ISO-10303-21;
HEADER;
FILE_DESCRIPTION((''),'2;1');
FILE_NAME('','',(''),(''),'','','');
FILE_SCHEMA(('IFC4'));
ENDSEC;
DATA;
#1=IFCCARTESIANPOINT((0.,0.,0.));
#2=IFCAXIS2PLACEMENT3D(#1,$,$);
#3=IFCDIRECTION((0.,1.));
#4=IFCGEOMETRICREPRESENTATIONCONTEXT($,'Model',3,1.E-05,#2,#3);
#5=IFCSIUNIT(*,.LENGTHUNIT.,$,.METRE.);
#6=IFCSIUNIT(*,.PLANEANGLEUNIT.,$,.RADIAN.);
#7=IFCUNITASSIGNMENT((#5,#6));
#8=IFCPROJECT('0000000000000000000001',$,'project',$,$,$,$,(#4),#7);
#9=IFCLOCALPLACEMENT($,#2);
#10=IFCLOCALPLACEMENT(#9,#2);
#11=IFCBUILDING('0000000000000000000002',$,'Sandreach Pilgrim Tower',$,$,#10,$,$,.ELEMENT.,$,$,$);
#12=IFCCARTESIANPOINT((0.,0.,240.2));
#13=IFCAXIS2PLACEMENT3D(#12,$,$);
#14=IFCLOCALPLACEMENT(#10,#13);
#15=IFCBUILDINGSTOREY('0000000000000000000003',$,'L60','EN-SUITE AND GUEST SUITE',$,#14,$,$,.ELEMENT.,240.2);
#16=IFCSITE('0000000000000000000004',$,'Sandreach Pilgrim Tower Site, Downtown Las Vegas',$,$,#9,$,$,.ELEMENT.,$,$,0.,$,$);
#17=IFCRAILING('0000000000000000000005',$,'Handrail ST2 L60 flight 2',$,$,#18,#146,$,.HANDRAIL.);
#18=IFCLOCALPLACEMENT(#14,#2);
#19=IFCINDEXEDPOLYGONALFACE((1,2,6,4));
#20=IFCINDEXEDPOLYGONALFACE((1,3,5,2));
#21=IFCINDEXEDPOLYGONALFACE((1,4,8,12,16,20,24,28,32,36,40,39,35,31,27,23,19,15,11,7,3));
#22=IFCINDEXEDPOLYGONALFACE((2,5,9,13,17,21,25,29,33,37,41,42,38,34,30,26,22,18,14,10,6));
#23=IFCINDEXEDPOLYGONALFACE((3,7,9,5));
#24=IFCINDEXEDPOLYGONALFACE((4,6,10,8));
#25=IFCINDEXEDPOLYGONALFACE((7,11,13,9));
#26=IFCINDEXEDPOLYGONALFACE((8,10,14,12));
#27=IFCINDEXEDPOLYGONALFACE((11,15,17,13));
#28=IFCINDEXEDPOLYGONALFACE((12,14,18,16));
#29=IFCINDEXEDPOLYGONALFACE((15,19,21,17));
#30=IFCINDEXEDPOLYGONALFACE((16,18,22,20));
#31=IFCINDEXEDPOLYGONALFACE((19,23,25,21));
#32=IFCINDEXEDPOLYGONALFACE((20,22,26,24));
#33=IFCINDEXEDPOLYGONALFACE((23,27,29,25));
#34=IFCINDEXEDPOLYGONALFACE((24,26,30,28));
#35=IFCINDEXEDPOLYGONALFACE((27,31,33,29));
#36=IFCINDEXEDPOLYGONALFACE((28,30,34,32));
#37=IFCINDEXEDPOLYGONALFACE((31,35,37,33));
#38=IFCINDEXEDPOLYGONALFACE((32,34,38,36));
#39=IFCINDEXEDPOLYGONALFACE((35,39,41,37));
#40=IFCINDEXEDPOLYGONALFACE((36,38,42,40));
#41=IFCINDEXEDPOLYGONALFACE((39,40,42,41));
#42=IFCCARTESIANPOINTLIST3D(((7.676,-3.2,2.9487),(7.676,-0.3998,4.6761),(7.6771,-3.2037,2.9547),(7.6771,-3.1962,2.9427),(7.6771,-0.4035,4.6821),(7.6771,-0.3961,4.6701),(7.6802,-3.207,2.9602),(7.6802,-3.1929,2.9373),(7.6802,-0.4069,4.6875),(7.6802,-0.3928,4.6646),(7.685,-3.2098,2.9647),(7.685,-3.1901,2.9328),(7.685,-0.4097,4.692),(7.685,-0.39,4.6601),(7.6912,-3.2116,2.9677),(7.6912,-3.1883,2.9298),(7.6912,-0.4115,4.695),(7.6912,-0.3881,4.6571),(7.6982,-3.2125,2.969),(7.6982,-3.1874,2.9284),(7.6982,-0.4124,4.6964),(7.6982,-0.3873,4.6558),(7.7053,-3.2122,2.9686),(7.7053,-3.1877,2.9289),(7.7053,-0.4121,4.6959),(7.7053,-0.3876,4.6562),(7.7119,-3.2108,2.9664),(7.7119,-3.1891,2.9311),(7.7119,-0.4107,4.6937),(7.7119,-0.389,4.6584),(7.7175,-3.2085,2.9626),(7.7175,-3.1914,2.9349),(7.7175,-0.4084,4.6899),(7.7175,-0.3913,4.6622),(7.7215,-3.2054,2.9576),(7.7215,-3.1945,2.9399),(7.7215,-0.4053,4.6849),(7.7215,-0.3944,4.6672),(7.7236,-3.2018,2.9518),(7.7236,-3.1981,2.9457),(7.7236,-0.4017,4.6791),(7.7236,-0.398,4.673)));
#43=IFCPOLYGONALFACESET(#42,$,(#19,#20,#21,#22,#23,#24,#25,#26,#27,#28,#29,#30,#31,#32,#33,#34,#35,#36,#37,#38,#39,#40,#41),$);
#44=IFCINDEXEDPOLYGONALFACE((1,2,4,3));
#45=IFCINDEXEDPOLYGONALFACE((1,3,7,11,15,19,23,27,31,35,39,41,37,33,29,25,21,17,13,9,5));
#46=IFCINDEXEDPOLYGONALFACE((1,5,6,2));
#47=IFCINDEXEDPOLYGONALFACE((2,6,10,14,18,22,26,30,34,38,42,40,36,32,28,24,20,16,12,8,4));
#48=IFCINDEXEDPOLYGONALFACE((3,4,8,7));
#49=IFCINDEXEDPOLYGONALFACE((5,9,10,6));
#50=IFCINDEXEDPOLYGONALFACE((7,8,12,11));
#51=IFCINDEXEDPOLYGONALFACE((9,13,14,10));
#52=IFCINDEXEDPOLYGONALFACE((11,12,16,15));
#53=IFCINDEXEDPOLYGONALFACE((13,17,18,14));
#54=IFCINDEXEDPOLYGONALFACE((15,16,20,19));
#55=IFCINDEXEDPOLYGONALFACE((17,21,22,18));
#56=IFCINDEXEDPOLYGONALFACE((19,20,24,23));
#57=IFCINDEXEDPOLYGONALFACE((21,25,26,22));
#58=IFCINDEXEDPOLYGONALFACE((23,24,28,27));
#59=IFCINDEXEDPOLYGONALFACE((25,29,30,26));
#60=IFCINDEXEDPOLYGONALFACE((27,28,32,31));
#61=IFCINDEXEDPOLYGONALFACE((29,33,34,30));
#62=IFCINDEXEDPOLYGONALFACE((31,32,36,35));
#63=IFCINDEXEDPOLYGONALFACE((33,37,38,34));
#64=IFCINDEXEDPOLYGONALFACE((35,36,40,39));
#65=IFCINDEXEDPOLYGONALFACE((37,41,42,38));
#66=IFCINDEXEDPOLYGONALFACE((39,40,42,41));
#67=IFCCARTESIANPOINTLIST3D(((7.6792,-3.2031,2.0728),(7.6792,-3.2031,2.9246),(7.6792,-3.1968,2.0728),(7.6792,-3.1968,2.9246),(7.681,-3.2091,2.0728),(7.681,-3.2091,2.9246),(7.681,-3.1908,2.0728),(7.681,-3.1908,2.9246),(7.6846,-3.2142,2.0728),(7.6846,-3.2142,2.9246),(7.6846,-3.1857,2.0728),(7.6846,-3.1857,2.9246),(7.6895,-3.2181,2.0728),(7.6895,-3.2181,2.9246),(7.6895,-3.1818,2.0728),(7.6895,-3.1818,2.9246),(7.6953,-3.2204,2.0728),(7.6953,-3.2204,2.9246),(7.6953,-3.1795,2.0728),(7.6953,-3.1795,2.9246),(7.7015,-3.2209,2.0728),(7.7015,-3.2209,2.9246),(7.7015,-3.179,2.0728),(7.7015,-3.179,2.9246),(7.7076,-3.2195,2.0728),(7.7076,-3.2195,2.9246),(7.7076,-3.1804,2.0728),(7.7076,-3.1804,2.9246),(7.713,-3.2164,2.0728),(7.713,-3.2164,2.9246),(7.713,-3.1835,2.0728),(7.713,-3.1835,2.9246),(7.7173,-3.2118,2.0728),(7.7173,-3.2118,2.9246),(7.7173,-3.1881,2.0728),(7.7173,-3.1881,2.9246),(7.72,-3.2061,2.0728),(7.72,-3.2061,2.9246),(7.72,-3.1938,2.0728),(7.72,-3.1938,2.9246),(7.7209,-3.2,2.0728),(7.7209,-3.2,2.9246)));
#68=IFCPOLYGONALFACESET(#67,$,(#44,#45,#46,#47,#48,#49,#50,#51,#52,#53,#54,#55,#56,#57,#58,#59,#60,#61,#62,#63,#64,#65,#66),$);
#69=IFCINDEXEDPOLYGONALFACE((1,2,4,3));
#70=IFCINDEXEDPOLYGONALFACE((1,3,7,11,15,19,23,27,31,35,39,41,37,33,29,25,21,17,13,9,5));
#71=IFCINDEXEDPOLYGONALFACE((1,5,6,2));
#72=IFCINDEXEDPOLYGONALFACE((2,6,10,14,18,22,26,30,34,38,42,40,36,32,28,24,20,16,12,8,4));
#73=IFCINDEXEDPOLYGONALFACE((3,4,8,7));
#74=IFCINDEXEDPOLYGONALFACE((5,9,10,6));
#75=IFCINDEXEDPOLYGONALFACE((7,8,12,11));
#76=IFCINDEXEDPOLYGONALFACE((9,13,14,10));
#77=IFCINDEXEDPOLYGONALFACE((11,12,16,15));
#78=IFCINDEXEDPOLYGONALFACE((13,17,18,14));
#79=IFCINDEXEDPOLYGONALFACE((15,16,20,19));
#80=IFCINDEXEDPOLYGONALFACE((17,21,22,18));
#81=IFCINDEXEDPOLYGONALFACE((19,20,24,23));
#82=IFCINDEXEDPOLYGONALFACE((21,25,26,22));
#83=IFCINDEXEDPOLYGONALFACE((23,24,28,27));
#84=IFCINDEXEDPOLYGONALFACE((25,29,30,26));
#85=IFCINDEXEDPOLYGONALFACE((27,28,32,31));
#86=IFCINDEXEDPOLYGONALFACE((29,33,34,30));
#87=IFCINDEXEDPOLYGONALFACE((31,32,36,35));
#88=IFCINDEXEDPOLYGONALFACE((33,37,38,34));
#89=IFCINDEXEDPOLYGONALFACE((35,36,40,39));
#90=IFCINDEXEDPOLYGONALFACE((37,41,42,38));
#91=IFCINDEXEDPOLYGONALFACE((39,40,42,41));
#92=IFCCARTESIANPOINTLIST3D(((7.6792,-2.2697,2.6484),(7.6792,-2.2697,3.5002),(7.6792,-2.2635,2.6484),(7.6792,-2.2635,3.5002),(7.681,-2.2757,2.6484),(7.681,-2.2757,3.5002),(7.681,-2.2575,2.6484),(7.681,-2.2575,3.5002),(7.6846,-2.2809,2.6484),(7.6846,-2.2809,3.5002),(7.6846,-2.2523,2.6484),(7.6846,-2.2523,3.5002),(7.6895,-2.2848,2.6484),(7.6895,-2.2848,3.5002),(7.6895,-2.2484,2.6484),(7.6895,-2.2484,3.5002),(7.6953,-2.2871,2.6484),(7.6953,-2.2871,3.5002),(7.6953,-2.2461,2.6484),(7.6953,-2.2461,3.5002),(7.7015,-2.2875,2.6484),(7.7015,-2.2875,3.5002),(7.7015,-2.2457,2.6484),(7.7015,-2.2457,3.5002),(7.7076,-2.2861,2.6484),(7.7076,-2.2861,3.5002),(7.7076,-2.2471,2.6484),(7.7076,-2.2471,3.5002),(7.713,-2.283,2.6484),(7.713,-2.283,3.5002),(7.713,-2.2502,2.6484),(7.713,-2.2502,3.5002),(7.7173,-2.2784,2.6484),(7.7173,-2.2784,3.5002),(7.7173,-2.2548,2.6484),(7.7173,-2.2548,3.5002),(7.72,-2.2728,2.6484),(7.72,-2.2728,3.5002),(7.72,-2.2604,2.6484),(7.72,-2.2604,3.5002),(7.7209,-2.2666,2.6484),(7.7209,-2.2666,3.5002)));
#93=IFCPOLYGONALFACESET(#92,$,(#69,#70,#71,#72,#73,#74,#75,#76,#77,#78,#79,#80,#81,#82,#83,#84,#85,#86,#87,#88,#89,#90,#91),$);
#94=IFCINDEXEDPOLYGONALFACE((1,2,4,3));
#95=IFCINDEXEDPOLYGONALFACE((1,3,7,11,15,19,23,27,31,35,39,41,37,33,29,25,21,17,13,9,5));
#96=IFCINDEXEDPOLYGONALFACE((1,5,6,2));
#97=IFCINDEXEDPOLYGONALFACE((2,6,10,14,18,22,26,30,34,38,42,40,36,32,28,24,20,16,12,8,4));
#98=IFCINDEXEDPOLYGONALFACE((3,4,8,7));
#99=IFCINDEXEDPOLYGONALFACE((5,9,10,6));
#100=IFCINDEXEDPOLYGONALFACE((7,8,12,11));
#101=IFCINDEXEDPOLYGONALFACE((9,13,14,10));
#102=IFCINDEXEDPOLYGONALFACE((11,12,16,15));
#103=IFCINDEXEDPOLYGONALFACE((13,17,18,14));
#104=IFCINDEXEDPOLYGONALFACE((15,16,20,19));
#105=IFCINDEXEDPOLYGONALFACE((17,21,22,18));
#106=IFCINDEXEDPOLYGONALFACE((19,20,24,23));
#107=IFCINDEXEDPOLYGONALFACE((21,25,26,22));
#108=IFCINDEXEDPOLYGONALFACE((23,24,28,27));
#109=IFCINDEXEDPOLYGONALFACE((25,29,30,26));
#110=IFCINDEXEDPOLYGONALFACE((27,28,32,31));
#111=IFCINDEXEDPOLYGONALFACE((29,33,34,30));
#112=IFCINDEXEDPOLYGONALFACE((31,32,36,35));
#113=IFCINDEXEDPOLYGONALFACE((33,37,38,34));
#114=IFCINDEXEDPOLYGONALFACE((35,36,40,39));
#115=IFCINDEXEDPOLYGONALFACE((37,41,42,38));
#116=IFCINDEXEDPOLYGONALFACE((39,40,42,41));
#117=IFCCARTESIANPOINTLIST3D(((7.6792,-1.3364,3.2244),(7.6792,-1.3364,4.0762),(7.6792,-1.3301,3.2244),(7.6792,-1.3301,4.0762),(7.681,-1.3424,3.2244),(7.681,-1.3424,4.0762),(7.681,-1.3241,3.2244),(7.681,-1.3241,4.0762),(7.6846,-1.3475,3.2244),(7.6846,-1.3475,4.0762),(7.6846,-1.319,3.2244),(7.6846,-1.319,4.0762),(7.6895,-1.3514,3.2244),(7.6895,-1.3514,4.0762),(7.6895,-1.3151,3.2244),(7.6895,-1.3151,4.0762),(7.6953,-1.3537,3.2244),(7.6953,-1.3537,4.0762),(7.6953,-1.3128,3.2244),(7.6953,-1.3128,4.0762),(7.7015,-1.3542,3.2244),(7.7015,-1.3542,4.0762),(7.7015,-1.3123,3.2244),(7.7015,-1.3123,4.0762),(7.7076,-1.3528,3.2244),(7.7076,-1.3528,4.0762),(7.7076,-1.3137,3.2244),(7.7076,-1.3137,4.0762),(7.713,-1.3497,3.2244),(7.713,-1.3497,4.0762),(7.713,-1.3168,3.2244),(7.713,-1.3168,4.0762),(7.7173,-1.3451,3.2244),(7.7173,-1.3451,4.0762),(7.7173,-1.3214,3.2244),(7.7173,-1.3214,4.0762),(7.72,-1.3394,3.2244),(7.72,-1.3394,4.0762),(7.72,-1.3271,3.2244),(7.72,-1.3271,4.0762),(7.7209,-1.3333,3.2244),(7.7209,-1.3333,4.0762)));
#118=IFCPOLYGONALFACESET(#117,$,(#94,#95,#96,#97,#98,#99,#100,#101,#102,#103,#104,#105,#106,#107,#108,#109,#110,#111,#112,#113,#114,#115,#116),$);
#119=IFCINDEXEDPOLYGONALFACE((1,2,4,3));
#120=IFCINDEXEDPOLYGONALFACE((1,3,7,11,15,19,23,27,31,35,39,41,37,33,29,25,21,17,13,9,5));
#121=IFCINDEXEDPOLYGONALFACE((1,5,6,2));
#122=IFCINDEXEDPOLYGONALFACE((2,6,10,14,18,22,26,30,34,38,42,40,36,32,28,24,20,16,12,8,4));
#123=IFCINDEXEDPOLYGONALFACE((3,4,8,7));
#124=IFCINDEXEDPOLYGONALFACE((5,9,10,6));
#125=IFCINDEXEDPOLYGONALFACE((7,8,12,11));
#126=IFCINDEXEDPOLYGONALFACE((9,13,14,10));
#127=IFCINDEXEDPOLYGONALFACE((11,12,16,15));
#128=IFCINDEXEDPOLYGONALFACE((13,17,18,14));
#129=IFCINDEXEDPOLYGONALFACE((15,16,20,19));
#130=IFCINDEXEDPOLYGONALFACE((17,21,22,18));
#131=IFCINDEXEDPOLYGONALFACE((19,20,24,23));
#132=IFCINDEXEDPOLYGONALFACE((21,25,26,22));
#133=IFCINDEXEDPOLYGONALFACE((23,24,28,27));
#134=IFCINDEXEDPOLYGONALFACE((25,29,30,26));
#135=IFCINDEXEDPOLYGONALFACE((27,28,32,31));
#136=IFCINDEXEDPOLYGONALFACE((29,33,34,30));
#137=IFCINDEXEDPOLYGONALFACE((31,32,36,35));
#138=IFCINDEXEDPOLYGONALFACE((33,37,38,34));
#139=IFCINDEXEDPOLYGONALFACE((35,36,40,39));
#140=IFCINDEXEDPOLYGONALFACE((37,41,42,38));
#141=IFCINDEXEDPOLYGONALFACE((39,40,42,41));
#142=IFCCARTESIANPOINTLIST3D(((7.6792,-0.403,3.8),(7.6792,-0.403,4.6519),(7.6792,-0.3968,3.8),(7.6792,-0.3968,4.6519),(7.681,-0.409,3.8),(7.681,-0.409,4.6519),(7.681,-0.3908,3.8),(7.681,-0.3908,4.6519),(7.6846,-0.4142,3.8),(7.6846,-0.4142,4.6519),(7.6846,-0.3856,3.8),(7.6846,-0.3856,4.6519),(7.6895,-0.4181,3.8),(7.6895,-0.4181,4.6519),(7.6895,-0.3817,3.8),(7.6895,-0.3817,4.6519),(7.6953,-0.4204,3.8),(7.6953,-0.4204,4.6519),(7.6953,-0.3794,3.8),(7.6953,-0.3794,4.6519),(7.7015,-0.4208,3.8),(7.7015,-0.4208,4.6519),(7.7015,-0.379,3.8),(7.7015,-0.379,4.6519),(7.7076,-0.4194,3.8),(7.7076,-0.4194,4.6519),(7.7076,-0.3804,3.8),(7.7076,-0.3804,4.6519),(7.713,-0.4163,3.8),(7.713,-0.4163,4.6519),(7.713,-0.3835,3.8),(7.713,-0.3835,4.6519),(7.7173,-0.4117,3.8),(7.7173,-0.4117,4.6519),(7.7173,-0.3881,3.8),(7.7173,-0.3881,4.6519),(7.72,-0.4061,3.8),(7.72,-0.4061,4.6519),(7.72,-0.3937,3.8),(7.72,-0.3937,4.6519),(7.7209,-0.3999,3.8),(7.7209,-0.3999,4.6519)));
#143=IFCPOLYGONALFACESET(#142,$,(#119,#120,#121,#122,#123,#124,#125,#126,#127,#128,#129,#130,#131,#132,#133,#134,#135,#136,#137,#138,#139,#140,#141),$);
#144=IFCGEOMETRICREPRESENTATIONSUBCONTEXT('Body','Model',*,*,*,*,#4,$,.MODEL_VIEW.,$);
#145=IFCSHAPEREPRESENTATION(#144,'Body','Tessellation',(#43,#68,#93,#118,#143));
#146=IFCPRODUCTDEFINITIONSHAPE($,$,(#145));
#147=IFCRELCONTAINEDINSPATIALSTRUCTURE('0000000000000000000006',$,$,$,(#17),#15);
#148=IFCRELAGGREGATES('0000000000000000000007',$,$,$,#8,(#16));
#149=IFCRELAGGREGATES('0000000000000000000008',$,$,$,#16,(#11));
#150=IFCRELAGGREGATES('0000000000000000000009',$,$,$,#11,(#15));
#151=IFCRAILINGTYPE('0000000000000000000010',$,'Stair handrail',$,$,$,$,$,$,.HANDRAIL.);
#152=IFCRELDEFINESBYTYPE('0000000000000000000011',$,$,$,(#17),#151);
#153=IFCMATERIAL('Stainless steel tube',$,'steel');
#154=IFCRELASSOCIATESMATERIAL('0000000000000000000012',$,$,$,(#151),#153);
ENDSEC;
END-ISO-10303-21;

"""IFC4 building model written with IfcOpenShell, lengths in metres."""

from ifc_helpers import new_model, si_unit, direction, frame, origin, origin_2d, place, context, subcontext, project, spatial, circle, extrude, material, type_object, element, save


model = new_model("IFC4")

# Units and contexts
model_context = context("Model", 3, precision=1e-05, world=origin(), true_north=direction((0.0, 1.0)))
body_context = subcontext(model_context, "Body", "Model", "MODEL_VIEW")
ifc_project = project(units=[si_unit("LENGTHUNIT", "METRE"), si_unit("PLANEANGLEUNIT", "RADIAN")], contexts=[model_context])

# Site, building, storey
site_placement = place(None, origin())
site = spatial("IfcSite", under=ifc_project, at=site_placement, Name="Sandreach Pilgrim Tower Site, Downtown Las Vegas", CompositionType="ELEMENT", RefElevation=0.0)
building_placement = place(site_placement, origin())
building = spatial("IfcBuilding", under=site, at=building_placement, Name="Sandreach Pilgrim Tower", CompositionType="ELEMENT")
storey_placement = place(building_placement, frame((0.0, 0.0, 240.2)))
storey = spatial("IfcBuildingStorey", under=building, at=storey_placement, Name="L60", Description="EN-SUITE AND GUEST SUITE", CompositionType="ELEMENT", Elevation=240.2)

# Railing
ifc_material_1 = material(Name="Stainless steel tube", Category="steel")
railing_type = type_object("IfcRailingType", Name="Stair handrail", PredefinedType="HANDRAIL", material=ifc_material_1)
for number, where, name in (
    (1, (7.7, -3.2, 2.0728), "Handrail ST2 L60 flight 2"),
):
    element("IfcRailing", number, at=place(storey_placement, frame(where)), inside=storey, type_object=railing_type, Name=name, PredefinedType="HANDRAIL", context=body_context, shape_type="SweptSolid", body=[
        extrude(circle(Radius=0.0239, at=origin_2d()), frame((0.0, 0.0, 0.876), z_axis=(0.0, 0.85109, 0.52502), x_axis=(-1.0, 0.0, 0.0)), (0.0, 0.0, 1.0), 3.29),
        extrude(circle(Radius=0.021, at=origin_2d()), origin(), (0.0, 0.0, 1.0), 0.8518),
        extrude(circle(Radius=0.021, at=origin_2d()), frame((0.0, 0.9333, 0.5757)), (0.0, 0.0, 1.0), 0.8518),
        extrude(circle(Radius=0.021, at=origin_2d()), frame((0.0, 1.8667, 1.1516)), (0.0, 0.0, 1.0), 0.8518),
        extrude(circle(Radius=0.021, at=origin_2d()), frame((0.0, 2.8, 1.7273)), (0.0, 0.0, 1.0), 0.8518),
    ])

save(model, "model.ifc")
